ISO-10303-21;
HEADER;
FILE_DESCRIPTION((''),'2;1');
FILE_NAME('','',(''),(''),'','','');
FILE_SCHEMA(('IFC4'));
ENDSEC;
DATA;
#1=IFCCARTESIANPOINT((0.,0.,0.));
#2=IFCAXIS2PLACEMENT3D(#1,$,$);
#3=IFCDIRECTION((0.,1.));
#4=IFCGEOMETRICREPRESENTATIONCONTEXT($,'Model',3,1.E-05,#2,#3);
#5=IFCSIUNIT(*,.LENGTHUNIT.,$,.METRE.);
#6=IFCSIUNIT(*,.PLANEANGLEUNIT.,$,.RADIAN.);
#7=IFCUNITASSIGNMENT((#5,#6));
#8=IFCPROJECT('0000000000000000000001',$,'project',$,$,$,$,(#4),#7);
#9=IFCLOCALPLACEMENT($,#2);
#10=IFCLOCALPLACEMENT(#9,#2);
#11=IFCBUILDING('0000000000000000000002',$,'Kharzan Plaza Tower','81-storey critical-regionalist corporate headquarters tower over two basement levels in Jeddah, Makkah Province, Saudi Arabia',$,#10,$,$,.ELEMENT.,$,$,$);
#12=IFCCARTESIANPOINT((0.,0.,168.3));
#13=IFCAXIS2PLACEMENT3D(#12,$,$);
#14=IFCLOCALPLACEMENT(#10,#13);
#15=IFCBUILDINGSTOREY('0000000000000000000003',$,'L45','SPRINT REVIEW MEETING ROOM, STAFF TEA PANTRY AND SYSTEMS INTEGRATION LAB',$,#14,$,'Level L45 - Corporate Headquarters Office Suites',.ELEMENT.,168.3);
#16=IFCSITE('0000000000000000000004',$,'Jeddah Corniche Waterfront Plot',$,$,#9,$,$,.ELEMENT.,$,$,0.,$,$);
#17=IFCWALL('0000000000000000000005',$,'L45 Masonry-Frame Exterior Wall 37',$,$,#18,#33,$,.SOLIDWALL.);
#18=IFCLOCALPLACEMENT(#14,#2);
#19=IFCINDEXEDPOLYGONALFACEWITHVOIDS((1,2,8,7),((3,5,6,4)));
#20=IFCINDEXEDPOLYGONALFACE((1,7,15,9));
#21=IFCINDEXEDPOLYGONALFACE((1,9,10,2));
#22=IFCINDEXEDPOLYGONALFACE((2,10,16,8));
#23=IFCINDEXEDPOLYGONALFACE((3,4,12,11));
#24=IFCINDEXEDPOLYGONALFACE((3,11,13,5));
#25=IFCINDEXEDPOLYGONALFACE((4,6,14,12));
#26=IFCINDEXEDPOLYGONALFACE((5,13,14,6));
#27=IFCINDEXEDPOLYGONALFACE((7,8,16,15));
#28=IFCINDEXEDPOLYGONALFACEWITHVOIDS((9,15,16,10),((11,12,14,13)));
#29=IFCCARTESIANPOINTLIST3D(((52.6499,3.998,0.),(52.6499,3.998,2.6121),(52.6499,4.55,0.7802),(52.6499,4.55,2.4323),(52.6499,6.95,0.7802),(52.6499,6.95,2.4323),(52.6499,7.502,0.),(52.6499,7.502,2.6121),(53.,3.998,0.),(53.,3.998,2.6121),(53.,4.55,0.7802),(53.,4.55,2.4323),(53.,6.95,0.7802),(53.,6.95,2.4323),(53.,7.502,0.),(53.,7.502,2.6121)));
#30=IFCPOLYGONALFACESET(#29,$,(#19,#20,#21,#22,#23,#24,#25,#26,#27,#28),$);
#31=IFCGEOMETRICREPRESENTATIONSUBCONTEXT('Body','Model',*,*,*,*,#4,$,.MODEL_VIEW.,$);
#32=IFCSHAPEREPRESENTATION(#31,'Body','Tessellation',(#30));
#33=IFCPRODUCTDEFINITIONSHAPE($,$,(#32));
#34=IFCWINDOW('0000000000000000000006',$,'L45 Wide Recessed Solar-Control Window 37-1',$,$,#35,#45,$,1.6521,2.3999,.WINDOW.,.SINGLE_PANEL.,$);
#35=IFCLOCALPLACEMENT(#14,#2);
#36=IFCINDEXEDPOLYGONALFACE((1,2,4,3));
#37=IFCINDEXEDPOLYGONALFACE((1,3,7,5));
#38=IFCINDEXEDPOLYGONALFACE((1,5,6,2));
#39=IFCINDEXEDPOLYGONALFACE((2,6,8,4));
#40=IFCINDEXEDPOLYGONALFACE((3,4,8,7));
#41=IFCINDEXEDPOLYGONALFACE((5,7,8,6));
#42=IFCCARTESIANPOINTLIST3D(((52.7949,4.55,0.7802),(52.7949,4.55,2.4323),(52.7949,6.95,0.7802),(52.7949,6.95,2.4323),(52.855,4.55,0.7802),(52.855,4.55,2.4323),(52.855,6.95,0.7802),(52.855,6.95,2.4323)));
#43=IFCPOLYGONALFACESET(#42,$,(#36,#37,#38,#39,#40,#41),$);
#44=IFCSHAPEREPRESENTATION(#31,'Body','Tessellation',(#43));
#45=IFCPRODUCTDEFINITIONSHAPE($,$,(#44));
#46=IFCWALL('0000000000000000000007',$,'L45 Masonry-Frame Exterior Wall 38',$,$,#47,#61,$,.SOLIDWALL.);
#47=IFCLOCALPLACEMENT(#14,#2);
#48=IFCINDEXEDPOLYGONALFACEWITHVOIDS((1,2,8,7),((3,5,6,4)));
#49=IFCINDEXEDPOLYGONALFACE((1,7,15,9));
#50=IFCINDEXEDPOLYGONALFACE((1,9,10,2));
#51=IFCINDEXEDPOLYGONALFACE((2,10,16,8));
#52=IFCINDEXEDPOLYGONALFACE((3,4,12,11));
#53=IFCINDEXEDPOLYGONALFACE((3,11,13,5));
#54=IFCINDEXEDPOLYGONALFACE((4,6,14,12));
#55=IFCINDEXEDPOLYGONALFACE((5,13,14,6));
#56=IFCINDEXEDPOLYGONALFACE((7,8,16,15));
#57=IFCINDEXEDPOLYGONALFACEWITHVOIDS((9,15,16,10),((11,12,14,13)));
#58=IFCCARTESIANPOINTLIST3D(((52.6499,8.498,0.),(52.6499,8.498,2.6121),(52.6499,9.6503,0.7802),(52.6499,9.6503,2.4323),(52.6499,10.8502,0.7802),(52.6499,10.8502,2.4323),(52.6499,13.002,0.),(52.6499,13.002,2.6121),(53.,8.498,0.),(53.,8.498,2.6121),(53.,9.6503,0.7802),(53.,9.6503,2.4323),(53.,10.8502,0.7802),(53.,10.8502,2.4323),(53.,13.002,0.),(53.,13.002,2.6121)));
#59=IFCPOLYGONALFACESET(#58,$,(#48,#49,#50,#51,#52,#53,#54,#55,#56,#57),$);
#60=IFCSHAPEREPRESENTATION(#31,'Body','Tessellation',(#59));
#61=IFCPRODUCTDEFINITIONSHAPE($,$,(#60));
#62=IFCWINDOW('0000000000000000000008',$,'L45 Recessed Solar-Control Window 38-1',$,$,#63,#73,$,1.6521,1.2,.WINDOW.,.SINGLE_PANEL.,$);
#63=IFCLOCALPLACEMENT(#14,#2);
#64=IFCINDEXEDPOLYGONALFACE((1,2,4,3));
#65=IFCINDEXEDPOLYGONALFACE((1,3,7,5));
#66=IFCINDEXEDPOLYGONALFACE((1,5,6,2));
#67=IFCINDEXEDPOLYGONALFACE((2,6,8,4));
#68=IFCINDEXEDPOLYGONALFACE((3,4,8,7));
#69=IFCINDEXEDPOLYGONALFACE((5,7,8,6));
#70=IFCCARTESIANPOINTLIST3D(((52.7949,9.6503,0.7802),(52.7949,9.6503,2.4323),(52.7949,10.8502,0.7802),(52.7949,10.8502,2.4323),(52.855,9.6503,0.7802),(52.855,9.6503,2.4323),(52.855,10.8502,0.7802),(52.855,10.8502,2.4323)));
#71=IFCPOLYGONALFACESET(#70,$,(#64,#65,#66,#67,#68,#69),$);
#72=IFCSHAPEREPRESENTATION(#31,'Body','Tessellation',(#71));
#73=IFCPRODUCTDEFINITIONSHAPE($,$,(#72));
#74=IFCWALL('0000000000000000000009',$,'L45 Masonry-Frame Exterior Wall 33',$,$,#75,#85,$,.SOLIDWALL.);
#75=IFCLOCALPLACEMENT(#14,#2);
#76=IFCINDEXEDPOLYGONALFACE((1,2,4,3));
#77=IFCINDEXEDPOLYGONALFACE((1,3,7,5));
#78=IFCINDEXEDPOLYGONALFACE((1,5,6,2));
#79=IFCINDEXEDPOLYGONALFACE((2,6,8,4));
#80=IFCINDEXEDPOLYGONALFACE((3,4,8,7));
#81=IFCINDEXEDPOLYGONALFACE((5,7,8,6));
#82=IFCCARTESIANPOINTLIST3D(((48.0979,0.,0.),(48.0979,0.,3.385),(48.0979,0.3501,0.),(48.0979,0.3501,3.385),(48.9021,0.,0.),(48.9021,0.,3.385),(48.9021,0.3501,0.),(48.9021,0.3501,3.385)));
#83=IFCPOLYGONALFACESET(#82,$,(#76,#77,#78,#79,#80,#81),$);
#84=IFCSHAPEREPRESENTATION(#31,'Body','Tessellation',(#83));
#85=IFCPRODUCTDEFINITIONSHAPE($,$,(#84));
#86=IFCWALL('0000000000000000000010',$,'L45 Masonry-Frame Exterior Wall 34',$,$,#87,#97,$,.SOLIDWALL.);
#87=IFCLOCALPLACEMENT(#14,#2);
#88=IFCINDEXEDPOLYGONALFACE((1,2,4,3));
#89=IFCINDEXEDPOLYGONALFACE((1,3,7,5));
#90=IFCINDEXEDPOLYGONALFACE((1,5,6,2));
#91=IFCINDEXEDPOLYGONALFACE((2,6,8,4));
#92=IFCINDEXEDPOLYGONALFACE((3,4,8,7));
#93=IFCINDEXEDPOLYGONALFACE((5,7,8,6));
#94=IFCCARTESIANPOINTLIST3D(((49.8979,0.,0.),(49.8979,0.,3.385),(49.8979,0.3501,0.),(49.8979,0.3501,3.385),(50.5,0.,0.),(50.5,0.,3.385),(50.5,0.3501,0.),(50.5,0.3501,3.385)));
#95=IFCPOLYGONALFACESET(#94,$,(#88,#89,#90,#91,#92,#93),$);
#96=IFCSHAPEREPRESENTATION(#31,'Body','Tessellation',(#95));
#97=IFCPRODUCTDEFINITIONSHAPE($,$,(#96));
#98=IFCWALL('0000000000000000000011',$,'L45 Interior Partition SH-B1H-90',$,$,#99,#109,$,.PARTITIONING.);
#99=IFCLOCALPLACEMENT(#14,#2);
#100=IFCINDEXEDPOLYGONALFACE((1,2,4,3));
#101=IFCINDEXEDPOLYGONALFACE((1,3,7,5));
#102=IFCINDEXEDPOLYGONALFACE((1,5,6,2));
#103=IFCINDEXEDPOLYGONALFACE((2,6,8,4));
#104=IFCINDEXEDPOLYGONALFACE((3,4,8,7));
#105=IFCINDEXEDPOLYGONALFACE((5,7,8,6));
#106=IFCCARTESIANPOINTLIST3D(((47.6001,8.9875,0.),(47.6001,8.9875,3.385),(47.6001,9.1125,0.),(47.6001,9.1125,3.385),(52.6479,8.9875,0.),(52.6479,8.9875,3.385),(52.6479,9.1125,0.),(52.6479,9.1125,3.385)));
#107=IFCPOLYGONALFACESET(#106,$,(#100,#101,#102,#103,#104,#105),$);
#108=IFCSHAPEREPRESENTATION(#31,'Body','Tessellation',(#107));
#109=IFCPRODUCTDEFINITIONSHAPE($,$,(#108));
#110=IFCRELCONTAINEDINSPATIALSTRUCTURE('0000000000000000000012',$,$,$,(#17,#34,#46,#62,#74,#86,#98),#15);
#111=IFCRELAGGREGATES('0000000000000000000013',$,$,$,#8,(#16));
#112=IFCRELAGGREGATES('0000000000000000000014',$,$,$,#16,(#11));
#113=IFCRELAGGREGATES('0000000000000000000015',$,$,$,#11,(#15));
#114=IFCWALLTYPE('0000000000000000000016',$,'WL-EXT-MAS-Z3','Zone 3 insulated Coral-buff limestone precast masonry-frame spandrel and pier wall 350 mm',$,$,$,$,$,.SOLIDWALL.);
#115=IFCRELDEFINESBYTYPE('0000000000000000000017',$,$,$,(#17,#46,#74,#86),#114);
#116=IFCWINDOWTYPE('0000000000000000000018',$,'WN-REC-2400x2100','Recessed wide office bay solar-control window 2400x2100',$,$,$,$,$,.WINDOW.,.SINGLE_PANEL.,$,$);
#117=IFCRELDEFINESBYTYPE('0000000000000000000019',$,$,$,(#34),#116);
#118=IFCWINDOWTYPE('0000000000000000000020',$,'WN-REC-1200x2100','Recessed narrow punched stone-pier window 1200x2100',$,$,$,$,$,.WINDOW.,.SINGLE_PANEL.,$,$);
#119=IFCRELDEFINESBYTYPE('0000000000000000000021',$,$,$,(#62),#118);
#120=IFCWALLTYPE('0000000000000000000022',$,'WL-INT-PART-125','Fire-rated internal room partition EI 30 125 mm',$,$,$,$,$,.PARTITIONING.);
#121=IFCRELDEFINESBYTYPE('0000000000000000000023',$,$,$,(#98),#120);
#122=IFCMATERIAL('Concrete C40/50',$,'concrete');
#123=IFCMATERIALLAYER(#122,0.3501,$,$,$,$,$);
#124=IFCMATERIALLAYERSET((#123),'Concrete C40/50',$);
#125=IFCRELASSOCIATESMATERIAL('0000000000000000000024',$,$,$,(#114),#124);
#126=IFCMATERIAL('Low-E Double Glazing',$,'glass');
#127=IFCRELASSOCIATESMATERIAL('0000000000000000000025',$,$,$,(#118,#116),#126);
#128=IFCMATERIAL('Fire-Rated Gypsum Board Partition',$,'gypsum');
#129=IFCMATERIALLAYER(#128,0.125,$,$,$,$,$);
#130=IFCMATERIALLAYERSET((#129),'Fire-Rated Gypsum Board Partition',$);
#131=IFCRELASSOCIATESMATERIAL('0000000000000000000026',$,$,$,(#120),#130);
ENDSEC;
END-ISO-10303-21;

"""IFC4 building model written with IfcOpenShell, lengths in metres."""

from ifc_helpers import new_model, si_unit, direction, frame, frame_2d, origin, place, context, subcontext, project, spatial, rectangle, extrude, source, transform, mapped, material, layer, layer_set, type_object, element, fill, save


model = new_model("IFC4")

# Units and contexts
model_context = context("Model", 3, precision=1e-05, world=origin(), true_north=direction((0.0, 1.0)))
body_context = subcontext(model_context, "Body", "Model", "MODEL_VIEW")
ifc_project = project(units=[si_unit("LENGTHUNIT", "METRE"), si_unit("PLANEANGLEUNIT", "RADIAN")], contexts=[model_context])

# Site, building, storey
site_placement = place(None, origin())
site = spatial("IfcSite", under=ifc_project, at=site_placement, Name="Jeddah Corniche Waterfront Plot", CompositionType="ELEMENT", RefElevation=0.0)
building_placement = place(site_placement, origin())
building = spatial("IfcBuilding", under=site, at=building_placement, Name="Kharzan Plaza Tower", Description="81-storey critical-regionalist corporate headquarters tower over two basement levels in Jeddah, Makkah Province, Saudi Arabia", CompositionType="ELEMENT")
storey_placement = place(building_placement, frame((0.0, 0.0, 168.3)))
storey = spatial("IfcBuildingStorey", under=building, at=storey_placement, Name="L45", Description="SPRINT REVIEW MEETING ROOM, STAFF TEA PANTRY AND SYSTEMS INTEGRATION LAB", LongName="Level L45 - Corporate Headquarters Office Suites", CompositionType="ELEMENT", Elevation=168.3)

# Walls, openings, windows
ifc_material_1 = material(Name="Concrete C40/50", Category="concrete")
ifc_layer_1 = layer(ifc_material_1, 0.3501)
ifc_layer_set_1 = layer_set([ifc_layer_1], Name="Concrete C40/50")
wall_type_1 = type_object("IfcWallType", Name="WL-EXT-MAS-Z3", Description="Zone 3 insulated Coral-buff limestone precast masonry-frame spandrel and pier wall 350 mm", PredefinedType="SOLIDWALL", material=ifc_layer_set_1)
ifc_material_2 = material(Name="Low-E Double Glazing", Category="glass")
window_type_1 = type_object("IfcWindowType", Name="WN-REC-1200x2100", Description="Recessed narrow punched stone-pier window 1200x2100", PartitioningType="SINGLE_PANEL", PredefinedType="WINDOW", material=ifc_material_2)
wall_1_placement = place(storey_placement, frame((52.825, 3.998, 0.0), z_axis=(0.0, 0.0, 1.0), x_axis=(0.0, 1.0, 0.0)))
wall_1 = element("IfcWall", 1, at=wall_1_placement, inside=storey, type_object=wall_type_1, Name="L45 Masonry-Frame Exterior Wall 37", PredefinedType="SOLIDWALL", context=body_context, shape_type="SweptSolid", body=[
    extrude(rectangle(XDim=3.5039, YDim=0.3501, at=frame_2d((1.752, 0.0))), origin(), (0.0, 0.0, 1.0), 2.6121),
])
opening_1_placement = place(wall_1_placement, frame((0.552, 0.0, 0.78)))
opening_1 = element("IfcOpeningElement", 2, at=opening_1_placement, cuts=wall_1, PredefinedType="OPENING", context=body_context, shape_type="SweptSolid", body=[
    extrude(rectangle(XDim=2.3999, YDim=1.6521, at=frame_2d((1.2, 0.8262))), frame((0.0, 0.1851, 0.0), z_axis=(0.0, -1.0, 0.0), x_axis=(1.0, 0.0, 0.0)), (0.0, 0.0, 1.0), 0.3701),
])
window_type_2 = type_object("IfcWindowType", Name="WN-REC-2400x2100", Description="Recessed wide office bay solar-control window 2400x2100", PartitioningType="SINGLE_PANEL", PredefinedType="WINDOW", material=ifc_material_2)
shared_shape_1 = source(origin(), body_context, "Body", "SweptSolid", [
    extrude(rectangle(XDim=2.3999, YDim=1.6521, at=frame_2d((1.2, 0.8262))), frame((0.0, 0.03, 0.0), z_axis=(0.0, -1.0, 0.0), x_axis=(1.0, 0.0, 0.0)), (0.0, 0.0, 1.0), 0.0601),
])
window_1_placement = place(opening_1_placement, origin())
window_1 = element("IfcWindow", 3, at=window_1_placement, inside=storey, type_object=window_type_2, Name="L45 Wide Recessed Solar-Control Window 37-1", OverallHeight=1.6521, OverallWidth=2.3999, PartitioningType="SINGLE_PANEL", PredefinedType="WINDOW", context=body_context, shape_type="MappedRepresentation", body=[
    mapped(shared_shape_1, transform((0.0, 0.0, 0.0), x_axis=(1.0, 0.0, 0.0), y_axis=(0.0, 1.0, 0.0), z_axis=(0.0, 0.0, 1.0))),
])
fill(opening_1, window_1)
wall_2_placement = place(storey_placement, frame((52.825, 8.498, 0.0), z_axis=(0.0, 0.0, 1.0), x_axis=(0.0, 1.0, 0.0)))
wall_2 = element("IfcWall", 4, at=wall_2_placement, inside=storey, type_object=wall_type_1, Name="L45 Masonry-Frame Exterior Wall 38", PredefinedType="SOLIDWALL", context=body_context, shape_type="SweptSolid", body=[
    extrude(rectangle(XDim=4.5039, YDim=0.3501, at=frame_2d((2.252, 0.0))), origin(), (0.0, 0.0, 1.0), 2.6121),
])
opening_2_placement = place(wall_2_placement, frame((1.1521, 0.0, 0.78)))
opening_2 = element("IfcOpeningElement", 5, at=opening_2_placement, cuts=wall_2, PredefinedType="OPENING", context=body_context, shape_type="SweptSolid", body=[
    extrude(rectangle(XDim=1.2, YDim=1.6521, at=frame_2d((0.6001, 0.8262))), frame((0.0, 0.1851, 0.0), z_axis=(0.0, -1.0, 0.0), x_axis=(1.0, 0.0, 0.0)), (0.0, 0.0, 1.0), 0.3701),
])
shared_shape_2 = source(origin(), body_context, "Body", "SweptSolid", [
    extrude(rectangle(XDim=1.2, YDim=1.6521, at=frame_2d((0.6001, 0.8262))), frame((0.0, 0.03, 0.0), z_axis=(0.0, -1.0, 0.0), x_axis=(1.0, 0.0, 0.0)), (0.0, 0.0, 1.0), 0.0601),
])
window_2_placement = place(opening_2_placement, origin())
window_2 = element("IfcWindow", 6, at=window_2_placement, inside=storey, type_object=window_type_1, Name="L45 Recessed Solar-Control Window 38-1", OverallHeight=1.6521, OverallWidth=1.2, PartitioningType="SINGLE_PANEL", PredefinedType="WINDOW", context=body_context, shape_type="MappedRepresentation", body=[
    mapped(shared_shape_2, transform((0.0, 0.0, 0.0), x_axis=(1.0, 0.0, 0.0), y_axis=(0.0, 1.0, 0.0), z_axis=(0.0, 0.0, 1.0))),
])
fill(opening_2, window_2)

# Shared definitions
ifc_material_3 = material(Name="Fire-Rated Gypsum Board Partition", Category="gypsum")
ifc_layer_2 = layer(ifc_material_3, 0.125)
ifc_layer_set_2 = layer_set([ifc_layer_2], Name="Fire-Rated Gypsum Board Partition")
wall_type_2 = type_object("IfcWallType", Name="WL-INT-PART-125", Description="Fire-rated internal room partition EI 30 125 mm", PredefinedType="PARTITIONING", material=ifc_layer_set_2)

# Walls
shared_shape_3 = source(origin(), body_context, "Body", "SweptSolid", [
    extrude(rectangle(XDim=0.8042, YDim=0.3501, at=frame_2d((0.4021, 0.0))), origin(), (0.0, 0.0, 1.0), 3.385),
])
wall_3_placement = place(storey_placement, frame((48.0979, 0.175, 0.0), z_axis=(0.0, 0.0, 1.0), x_axis=(1.0, 0.0, 0.0)))
element("IfcWall", 7, at=wall_3_placement, inside=storey, type_object=wall_type_1, Name="L45 Masonry-Frame Exterior Wall 33", PredefinedType="SOLIDWALL", context=body_context, shape_type="MappedRepresentation", body=[
    mapped(shared_shape_3, transform((0.0, 0.0, 0.0), x_axis=(1.0, 0.0, 0.0), y_axis=(0.0, 1.0, 0.0), z_axis=(0.0, 0.0, 1.0))),
])
shared_shape_4 = source(origin(), body_context, "Body", "SweptSolid", [
    extrude(rectangle(XDim=0.6021, YDim=0.3501, at=frame_2d((0.301, 0.0))), origin(), (0.0, 0.0, 1.0), 3.385),
])
wall_4_placement = place(storey_placement, frame((49.8979, 0.175, 0.0), z_axis=(0.0, 0.0, 1.0), x_axis=(1.0, 0.0, 0.0)))
element("IfcWall", 8, at=wall_4_placement, inside=storey, type_object=wall_type_1, Name="L45 Masonry-Frame Exterior Wall 34", PredefinedType="SOLIDWALL", context=body_context, shape_type="MappedRepresentation", body=[
    mapped(shared_shape_4, transform((0.0, 0.0, 0.0), x_axis=(1.0, 0.0, 0.0), y_axis=(0.0, 1.0, 0.0), z_axis=(0.0, 0.0, 1.0))),
])
shared_shape_5 = source(origin(), body_context, "Body", "SweptSolid", [
    extrude(rectangle(XDim=5.0479, YDim=0.125, at=frame_2d((2.5239, 0.0))), origin(), (0.0, 0.0, 1.0), 3.385),
])
wall_5_placement = place(storey_placement, frame((47.6001, 9.05, 0.0), z_axis=(0.0, 0.0, 1.0), x_axis=(1.0, 0.0, 0.0)))
element("IfcWall", 9, at=wall_5_placement, inside=storey, type_object=wall_type_2, Name="L45 Interior Partition SH-B1H-90", PredefinedType="PARTITIONING", context=body_context, shape_type="MappedRepresentation", body=[
    mapped(shared_shape_5, transform((0.0, 0.0, 0.0), x_axis=(1.0, 0.0, 0.0), y_axis=(0.0, 1.0, 0.0), z_axis=(0.0, 0.0, 1.0))),
])

save(model, "model.ifc")
